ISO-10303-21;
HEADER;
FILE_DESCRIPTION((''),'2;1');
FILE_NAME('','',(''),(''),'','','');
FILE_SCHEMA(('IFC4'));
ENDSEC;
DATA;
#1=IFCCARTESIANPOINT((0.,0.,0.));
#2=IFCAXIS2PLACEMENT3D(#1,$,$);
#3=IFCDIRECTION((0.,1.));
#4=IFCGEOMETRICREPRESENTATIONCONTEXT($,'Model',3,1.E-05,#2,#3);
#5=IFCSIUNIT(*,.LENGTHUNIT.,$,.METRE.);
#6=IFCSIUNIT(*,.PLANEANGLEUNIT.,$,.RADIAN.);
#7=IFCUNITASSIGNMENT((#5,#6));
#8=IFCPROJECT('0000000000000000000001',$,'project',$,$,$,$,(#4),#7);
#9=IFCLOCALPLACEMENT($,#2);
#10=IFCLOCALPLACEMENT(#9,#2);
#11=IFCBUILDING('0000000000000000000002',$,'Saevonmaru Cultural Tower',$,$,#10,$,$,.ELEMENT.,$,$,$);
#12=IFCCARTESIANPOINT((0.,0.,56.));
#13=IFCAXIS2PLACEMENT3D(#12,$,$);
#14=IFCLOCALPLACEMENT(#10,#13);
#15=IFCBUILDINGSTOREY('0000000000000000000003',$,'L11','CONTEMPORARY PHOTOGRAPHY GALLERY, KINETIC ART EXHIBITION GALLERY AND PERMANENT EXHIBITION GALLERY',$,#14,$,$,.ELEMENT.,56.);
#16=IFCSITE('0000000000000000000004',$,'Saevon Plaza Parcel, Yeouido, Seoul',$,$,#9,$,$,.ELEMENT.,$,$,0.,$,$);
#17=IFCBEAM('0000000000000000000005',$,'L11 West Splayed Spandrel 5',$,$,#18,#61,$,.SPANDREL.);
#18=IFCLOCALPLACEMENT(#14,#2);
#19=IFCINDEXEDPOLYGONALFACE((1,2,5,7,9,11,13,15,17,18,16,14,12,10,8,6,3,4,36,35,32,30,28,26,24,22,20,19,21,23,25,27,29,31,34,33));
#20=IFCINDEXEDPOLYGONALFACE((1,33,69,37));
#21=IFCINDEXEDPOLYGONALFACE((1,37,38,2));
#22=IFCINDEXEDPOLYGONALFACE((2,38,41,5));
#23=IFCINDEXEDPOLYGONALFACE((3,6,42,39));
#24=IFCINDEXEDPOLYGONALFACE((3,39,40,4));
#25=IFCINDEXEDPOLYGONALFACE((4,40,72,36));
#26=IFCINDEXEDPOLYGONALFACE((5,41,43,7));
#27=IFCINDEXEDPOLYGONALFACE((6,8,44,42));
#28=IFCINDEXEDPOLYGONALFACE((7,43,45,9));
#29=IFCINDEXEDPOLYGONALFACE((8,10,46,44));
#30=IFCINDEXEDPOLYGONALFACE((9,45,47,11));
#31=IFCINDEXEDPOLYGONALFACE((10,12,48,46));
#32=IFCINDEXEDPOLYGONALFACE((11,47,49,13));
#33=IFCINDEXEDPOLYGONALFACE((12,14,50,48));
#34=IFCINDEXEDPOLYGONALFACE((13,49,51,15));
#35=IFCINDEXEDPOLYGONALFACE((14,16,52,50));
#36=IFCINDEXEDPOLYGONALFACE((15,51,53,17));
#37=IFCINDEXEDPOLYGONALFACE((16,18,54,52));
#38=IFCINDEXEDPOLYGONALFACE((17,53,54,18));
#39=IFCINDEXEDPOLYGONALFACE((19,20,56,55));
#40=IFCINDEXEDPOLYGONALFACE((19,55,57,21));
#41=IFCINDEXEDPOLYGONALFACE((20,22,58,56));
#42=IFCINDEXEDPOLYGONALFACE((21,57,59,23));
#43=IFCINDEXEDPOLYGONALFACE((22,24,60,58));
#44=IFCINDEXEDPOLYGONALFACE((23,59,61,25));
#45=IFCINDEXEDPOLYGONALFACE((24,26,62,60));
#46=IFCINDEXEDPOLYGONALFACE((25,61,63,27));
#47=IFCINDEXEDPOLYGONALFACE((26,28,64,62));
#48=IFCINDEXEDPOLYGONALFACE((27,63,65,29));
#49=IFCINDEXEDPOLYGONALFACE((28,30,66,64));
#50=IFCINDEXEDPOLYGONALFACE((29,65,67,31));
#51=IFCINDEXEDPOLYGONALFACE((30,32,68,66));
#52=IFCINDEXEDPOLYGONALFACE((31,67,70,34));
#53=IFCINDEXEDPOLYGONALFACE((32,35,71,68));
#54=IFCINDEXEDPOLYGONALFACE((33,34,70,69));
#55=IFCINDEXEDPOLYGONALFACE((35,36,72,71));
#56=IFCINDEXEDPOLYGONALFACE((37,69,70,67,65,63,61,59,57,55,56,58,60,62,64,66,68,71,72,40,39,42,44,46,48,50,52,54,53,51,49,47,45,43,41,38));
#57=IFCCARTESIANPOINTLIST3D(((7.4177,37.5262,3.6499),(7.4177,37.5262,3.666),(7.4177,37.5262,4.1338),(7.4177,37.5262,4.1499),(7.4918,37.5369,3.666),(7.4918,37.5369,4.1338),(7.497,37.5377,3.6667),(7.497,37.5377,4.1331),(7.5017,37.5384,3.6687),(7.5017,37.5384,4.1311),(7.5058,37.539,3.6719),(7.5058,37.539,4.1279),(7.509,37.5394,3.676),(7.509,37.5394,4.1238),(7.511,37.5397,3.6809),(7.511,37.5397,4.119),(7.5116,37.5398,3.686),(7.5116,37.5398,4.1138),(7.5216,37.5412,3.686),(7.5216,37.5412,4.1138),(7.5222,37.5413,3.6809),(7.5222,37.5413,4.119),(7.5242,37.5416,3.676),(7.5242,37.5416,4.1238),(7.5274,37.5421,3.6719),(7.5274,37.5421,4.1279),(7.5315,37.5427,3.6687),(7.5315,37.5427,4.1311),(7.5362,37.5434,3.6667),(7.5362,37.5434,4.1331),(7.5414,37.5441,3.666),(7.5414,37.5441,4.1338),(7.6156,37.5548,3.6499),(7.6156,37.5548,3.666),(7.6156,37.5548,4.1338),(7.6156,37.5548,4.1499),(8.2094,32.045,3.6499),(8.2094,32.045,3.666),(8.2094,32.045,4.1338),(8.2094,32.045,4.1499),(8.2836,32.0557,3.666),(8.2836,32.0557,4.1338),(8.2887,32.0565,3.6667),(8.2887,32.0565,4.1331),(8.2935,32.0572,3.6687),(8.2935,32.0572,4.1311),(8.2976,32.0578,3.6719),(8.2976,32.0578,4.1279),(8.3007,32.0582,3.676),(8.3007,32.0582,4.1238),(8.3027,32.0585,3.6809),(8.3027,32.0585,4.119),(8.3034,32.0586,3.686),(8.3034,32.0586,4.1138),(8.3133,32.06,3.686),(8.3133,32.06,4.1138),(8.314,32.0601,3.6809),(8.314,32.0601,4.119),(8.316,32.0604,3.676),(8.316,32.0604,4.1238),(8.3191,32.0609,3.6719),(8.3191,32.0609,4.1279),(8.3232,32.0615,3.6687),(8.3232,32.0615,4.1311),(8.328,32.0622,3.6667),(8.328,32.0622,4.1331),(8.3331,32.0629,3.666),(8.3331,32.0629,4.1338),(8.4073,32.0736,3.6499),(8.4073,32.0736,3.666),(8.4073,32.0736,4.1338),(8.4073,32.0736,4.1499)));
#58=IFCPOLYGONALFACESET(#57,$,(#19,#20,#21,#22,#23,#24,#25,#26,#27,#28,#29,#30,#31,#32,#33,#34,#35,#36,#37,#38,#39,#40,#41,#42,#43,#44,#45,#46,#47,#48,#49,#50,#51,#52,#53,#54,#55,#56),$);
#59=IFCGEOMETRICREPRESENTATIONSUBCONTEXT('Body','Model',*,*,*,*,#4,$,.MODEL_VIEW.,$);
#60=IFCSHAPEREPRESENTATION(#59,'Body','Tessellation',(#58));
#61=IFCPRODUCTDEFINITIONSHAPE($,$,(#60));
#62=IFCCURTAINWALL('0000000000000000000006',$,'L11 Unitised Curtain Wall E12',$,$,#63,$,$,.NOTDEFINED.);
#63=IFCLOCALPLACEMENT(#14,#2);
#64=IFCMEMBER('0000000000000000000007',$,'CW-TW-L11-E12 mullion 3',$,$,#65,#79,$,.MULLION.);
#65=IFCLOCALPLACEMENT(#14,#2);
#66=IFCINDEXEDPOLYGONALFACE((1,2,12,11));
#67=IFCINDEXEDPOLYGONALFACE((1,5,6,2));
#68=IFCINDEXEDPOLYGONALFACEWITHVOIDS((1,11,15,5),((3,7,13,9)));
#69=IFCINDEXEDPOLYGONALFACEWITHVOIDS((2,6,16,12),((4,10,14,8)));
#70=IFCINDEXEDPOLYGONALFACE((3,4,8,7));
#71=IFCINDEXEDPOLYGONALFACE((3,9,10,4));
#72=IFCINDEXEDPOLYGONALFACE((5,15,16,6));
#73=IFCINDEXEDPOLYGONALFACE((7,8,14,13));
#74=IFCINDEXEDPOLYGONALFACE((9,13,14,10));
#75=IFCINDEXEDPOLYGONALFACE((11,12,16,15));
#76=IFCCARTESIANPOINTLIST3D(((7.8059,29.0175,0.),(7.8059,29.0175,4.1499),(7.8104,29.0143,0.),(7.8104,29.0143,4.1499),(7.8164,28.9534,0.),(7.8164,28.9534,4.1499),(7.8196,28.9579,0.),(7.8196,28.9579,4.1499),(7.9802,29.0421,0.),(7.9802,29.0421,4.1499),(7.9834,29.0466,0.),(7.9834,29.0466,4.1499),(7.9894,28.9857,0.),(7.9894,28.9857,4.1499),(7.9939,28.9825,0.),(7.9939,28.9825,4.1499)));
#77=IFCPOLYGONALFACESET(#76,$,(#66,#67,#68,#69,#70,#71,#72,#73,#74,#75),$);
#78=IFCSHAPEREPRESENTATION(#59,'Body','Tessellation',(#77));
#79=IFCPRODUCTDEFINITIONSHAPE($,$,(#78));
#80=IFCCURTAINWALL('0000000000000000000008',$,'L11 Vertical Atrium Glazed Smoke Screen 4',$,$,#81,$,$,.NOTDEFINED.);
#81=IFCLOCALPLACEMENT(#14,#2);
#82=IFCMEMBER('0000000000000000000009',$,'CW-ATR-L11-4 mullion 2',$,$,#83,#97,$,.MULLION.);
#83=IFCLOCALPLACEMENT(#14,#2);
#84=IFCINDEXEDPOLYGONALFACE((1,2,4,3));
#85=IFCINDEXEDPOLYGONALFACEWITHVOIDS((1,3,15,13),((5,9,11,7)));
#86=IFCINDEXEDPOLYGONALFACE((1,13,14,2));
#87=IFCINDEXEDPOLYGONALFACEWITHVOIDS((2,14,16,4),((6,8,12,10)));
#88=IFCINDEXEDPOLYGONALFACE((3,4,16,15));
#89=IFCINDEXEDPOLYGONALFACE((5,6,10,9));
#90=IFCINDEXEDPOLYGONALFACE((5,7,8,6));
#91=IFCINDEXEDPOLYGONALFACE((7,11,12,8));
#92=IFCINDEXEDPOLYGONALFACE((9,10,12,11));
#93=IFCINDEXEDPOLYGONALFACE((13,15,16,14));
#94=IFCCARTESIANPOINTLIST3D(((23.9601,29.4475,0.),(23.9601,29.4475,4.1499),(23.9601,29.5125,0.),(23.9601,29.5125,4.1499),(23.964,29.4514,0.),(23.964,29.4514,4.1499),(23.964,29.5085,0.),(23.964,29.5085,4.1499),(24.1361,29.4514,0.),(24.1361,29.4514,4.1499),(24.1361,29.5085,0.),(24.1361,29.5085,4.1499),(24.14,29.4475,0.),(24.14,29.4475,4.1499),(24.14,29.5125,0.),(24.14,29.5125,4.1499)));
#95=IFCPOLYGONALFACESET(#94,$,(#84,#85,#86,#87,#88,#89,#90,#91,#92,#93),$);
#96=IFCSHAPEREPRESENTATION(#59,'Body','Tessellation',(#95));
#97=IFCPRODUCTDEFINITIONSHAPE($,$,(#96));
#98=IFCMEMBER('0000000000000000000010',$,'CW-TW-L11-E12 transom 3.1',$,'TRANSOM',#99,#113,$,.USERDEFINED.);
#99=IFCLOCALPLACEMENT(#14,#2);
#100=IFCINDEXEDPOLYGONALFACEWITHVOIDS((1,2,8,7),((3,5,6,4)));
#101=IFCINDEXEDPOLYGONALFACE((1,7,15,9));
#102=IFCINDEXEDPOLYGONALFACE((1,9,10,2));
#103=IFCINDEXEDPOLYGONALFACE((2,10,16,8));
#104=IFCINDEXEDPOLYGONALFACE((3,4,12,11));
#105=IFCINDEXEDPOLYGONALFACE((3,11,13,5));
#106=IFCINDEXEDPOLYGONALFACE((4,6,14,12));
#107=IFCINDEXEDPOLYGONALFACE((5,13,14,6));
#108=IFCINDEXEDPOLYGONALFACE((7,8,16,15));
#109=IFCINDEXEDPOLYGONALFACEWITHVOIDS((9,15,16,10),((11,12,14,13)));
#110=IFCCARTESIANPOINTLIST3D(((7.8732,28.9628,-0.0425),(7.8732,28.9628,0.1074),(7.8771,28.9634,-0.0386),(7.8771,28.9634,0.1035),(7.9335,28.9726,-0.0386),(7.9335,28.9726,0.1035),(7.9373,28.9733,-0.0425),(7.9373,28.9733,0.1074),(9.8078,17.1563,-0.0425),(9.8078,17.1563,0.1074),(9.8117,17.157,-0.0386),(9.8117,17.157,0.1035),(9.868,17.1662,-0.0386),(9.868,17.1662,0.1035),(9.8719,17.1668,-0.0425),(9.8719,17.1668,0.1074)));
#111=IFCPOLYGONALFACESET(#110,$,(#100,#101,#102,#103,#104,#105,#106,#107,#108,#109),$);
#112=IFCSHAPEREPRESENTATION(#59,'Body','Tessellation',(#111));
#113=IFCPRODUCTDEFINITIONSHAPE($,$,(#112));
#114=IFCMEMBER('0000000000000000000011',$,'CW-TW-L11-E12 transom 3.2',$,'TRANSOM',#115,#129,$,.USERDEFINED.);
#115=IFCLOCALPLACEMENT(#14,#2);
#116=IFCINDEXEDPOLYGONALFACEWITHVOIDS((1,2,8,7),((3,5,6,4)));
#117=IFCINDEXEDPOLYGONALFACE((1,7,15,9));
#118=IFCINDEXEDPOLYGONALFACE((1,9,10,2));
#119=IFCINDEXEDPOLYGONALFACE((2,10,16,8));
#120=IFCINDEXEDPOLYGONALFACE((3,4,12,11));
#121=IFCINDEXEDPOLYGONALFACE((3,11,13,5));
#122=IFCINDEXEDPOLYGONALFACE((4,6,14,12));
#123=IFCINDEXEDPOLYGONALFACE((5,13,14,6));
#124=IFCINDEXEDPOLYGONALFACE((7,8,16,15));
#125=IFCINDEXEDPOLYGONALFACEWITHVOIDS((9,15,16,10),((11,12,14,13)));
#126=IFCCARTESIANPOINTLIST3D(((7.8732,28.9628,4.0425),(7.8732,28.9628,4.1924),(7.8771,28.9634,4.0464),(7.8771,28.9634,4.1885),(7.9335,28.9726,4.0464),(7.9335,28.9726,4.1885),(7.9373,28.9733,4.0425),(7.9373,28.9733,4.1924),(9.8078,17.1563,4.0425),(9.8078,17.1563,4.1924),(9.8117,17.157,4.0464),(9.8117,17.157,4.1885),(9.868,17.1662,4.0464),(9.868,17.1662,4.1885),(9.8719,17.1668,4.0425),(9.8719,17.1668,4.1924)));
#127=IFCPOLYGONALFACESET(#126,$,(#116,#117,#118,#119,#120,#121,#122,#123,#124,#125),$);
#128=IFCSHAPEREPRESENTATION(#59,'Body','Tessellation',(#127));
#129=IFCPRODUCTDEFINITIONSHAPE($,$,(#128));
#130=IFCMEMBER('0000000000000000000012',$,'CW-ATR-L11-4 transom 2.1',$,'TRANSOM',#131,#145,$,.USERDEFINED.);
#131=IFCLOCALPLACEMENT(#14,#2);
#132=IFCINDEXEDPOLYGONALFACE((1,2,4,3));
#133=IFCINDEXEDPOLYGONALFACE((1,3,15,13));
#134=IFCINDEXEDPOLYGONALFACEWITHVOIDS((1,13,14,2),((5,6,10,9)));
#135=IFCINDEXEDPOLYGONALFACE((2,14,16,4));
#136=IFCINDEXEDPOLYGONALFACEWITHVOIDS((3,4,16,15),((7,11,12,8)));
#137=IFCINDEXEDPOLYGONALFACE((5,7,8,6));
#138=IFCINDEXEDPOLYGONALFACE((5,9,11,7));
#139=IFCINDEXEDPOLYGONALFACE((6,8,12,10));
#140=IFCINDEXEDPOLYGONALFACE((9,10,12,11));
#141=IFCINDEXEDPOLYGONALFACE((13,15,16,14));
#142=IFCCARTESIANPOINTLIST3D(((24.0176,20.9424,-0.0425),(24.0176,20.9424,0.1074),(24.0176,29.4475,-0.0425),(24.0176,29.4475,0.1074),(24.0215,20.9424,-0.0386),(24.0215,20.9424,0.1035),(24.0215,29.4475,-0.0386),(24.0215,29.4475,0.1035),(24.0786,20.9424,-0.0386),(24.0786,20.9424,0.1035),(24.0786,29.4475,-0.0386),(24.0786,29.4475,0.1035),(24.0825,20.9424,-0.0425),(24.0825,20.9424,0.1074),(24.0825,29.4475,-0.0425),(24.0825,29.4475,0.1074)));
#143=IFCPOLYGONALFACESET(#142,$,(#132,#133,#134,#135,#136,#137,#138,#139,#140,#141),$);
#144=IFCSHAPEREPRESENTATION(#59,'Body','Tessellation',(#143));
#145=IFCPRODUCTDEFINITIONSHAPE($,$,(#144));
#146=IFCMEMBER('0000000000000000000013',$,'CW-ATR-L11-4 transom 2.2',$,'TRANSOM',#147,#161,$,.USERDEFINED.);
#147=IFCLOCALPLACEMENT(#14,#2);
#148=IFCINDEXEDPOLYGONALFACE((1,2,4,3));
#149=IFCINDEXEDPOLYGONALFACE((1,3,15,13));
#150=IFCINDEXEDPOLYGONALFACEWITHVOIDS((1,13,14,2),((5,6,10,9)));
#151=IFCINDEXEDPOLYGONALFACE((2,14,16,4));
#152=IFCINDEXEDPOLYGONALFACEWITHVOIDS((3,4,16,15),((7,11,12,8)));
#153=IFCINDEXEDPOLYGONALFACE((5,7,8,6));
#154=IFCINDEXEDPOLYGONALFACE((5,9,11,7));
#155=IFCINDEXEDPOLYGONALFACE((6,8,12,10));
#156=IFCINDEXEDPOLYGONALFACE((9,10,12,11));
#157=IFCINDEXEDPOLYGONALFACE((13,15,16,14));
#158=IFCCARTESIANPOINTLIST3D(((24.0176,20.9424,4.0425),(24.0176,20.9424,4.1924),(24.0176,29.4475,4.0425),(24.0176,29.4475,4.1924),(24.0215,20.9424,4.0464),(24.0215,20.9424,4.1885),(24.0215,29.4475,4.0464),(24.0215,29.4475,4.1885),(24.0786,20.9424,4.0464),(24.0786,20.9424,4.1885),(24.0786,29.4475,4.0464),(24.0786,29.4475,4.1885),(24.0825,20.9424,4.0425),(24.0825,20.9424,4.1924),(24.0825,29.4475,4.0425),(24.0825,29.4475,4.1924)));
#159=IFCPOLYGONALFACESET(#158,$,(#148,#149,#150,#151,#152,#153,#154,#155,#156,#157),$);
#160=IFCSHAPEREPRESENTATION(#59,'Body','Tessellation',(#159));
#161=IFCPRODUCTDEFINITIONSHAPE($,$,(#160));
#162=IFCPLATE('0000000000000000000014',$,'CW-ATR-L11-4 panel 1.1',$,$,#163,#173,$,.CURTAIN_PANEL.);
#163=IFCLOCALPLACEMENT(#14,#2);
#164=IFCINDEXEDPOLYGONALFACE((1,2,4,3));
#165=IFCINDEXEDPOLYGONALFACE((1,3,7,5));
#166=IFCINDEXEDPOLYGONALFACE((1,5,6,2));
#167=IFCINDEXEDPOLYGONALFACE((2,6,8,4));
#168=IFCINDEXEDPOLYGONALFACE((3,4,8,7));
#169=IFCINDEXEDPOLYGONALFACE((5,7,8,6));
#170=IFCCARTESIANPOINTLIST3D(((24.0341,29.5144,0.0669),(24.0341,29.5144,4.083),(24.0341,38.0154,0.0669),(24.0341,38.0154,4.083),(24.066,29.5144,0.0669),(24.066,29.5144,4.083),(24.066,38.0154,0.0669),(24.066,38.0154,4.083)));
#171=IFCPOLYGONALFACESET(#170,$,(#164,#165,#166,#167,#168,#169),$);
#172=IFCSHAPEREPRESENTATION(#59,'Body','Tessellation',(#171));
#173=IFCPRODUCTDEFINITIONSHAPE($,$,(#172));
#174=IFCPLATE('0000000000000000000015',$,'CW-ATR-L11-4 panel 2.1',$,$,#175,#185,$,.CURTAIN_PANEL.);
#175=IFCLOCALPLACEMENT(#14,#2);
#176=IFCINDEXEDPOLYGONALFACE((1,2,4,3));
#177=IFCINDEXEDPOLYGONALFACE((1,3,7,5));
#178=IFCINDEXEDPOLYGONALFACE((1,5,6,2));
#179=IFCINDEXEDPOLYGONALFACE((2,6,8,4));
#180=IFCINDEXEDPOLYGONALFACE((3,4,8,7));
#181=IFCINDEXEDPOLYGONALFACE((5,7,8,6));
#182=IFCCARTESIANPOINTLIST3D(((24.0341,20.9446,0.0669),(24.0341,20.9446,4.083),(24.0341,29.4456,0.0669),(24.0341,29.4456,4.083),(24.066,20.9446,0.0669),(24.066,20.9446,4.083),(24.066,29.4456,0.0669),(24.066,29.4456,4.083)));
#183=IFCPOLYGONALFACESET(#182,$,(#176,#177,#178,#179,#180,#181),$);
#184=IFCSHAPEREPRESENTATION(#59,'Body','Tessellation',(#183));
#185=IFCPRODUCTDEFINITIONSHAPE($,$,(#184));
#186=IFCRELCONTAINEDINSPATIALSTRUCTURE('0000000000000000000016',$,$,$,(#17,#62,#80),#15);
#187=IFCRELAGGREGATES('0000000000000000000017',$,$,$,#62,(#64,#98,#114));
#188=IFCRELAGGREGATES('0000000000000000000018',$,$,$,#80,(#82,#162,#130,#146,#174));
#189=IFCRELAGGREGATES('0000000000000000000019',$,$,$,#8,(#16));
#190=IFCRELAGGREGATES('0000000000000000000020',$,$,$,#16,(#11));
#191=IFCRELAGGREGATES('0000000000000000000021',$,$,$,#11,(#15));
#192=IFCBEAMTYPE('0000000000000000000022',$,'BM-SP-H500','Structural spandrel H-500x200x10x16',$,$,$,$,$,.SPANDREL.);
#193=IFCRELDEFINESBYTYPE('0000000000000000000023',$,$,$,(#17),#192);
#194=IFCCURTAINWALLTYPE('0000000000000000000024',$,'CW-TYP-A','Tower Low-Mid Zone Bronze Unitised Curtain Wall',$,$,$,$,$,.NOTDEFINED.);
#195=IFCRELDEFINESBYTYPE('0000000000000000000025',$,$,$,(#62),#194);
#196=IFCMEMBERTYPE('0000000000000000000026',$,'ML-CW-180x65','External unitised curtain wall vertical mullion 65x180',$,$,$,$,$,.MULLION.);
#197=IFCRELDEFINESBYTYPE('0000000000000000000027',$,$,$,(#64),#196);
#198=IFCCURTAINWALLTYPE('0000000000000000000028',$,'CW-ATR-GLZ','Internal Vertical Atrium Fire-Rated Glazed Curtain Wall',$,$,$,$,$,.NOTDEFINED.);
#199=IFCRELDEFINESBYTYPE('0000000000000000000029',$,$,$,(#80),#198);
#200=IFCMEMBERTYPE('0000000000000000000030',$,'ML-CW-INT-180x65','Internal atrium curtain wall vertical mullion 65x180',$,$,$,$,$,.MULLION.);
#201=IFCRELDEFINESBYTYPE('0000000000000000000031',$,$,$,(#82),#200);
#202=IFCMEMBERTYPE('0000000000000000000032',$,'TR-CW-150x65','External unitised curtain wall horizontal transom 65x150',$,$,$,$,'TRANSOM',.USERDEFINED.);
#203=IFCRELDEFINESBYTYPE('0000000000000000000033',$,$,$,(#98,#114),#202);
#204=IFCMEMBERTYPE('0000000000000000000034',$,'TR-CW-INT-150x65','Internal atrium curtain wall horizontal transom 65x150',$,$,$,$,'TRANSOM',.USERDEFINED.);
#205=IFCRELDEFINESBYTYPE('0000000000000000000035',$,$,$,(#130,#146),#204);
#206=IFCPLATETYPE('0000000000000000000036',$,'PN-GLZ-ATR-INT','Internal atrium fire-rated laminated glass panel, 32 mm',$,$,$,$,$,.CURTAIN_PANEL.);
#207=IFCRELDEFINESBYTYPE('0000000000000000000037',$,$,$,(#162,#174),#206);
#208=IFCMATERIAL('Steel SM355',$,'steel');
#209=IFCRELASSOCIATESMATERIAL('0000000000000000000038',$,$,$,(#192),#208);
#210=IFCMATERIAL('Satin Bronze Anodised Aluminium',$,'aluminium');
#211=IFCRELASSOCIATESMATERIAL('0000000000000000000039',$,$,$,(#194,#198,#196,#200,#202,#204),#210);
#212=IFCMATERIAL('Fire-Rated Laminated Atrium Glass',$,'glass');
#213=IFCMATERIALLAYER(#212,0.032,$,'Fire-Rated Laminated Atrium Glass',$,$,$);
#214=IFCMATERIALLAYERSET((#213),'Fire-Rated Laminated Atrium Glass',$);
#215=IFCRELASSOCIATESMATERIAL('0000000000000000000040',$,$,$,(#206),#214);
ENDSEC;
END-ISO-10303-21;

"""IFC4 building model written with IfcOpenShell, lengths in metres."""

from ifc_helpers import new_model, si_unit, direction, frame, origin, origin_2d, place, context, subcontext, project, spatial, rectangle, hollow_rectangle, i_section, extrude, material, layer, layer_set, material_profile, profile_set, type_object, element, aggregate, save


model = new_model("IFC4")

# Units and contexts
model_context = context("Model", 3, precision=1e-05, world=origin(), true_north=direction((0.0, 1.0)))
body_context = subcontext(model_context, "Body", "Model", "MODEL_VIEW")
ifc_project = project(units=[si_unit("LENGTHUNIT", "METRE"), si_unit("PLANEANGLEUNIT", "RADIAN")], contexts=[model_context])

# Site, building, storey
site_placement = place(None, origin())
site = spatial("IfcSite", under=ifc_project, at=site_placement, Name="Saevon Plaza Parcel, Yeouido, Seoul", CompositionType="ELEMENT", RefElevation=0.0)
building_placement = place(site_placement, origin())
building = spatial("IfcBuilding", under=site, at=building_placement, Name="Saevonmaru Cultural Tower", CompositionType="ELEMENT")
storey_placement = place(building_placement, frame((0.0, 0.0, 56.0)))
storey = spatial("IfcBuildingStorey", under=building, at=storey_placement, Name="L11", Description="CONTEMPORARY PHOTOGRAPHY GALLERY, KINETIC ART EXHIBITION GALLERY AND PERMANENT EXHIBITION GALLERY", CompositionType="ELEMENT", Elevation=56.0)

# Beam
ifc_material_1 = material(Name="Steel SM355", Category="steel")
ifc_material_profile_1 = material_profile(ifc_material_1, i_section(OverallWidth=0.2, OverallDepth=0.5, WebThickness=0.01, FlangeThickness=0.0161, FilletRadius=0.02, at=origin_2d()), Name="H-500x200x10x16")
ifc_profile_set_1 = profile_set([ifc_material_profile_1], Name="Steel SM355")
beam_type_1 = type_object("IfcBeamType", Name="BM-SP-H500", Description="Structural spandrel H-500x200x10x16", PredefinedType="SPANDREL", material=ifc_profile_set_1)
beam_1_placement = place(storey_placement, frame((8.3083, 32.0593, 3.8999), z_axis=(-0.142964, 0.989728, 0.0), x_axis=(-0.989728, -0.142964, 0.0)))
element("IfcBeam", 1, at=beam_1_placement, inside=storey, type_object=beam_type_1, Name="L11 West Splayed Spandrel 5", PredefinedType="SPANDREL", context=body_context, shape_type="SweptSolid", body=[
    extrude(i_section(OverallWidth=0.2, OverallDepth=0.5, WebThickness=0.01, FlangeThickness=0.0161, FilletRadius=0.02, at=origin_2d()), origin(), (0.0, 0.0, 1.0), 5.5381),
])

# Curtain walls, members
ifc_material_2 = material(Name="Satin Bronze Anodised Aluminium", Category="aluminium")
curtain_wall_type_1 = type_object("IfcCurtainWallType", Name="CW-TYP-A", Description="Tower Low-Mid Zone Bronze Unitised Curtain Wall", PredefinedType="NOTDEFINED", material=ifc_material_2)
curtain_wall_1_placement = place(storey_placement, origin())
curtain_wall_1 = element("IfcCurtainWall", 2, at=curtain_wall_1_placement, inside=storey, type_object=curtain_wall_type_1, Name="L11 Unitised Curtain Wall E12", PredefinedType="NOTDEFINED")
ifc_material_profile_2 = material_profile(ifc_material_2, hollow_rectangle(XDim=0.0649, YDim=0.1799, WallThickness=0.0039, at=origin_2d()), Name="ALU-MULL-180x65x4")
ifc_profile_set_2 = profile_set([ifc_material_profile_2], Name="Satin Bronze Anodised Aluminium")
member_type_1 = type_object("IfcMemberType", Name="ML-CW-180x65", Description="External unitised curtain wall vertical mullion 65x180", PredefinedType="MULLION", material=ifc_profile_set_2)
member_1_placement = place(storey_placement, frame((7.8999, 29.0, 0.0), z_axis=(0.0, 0.0, 1.0), x_axis=(0.161709, -0.986839, 0.0)))
member_1 = element("IfcMember", 3, at=member_1_placement, type_object=member_type_1, Name="CW-TW-L11-E12 mullion 3", PredefinedType="MULLION", context=body_context, shape_type="SweptSolid", body=[
    extrude(hollow_rectangle(XDim=0.0649, YDim=0.1799, WallThickness=0.0039, at=origin_2d()), origin(), (0.0, 0.0, 1.0), 4.1499),
])
curtain_wall_type_2 = type_object("IfcCurtainWallType", Name="CW-ATR-GLZ", Description="Internal Vertical Atrium Fire-Rated Glazed Curtain Wall", PredefinedType="NOTDEFINED", material=ifc_material_2)
curtain_wall_2_placement = place(storey_placement, origin())
curtain_wall_2 = element("IfcCurtainWall", 4, at=curtain_wall_2_placement, inside=storey, type_object=curtain_wall_type_2, Name="L11 Vertical Atrium Glazed Smoke Screen 4", PredefinedType="NOTDEFINED")
ifc_material_profile_3 = material_profile(ifc_material_2, hollow_rectangle(XDim=0.0649, YDim=0.1799, WallThickness=0.0039, at=origin_2d()), Name="ALU-MULL-180x65x4")
ifc_profile_set_3 = profile_set([ifc_material_profile_3], Name="Satin Bronze Anodised Aluminium")
member_type_2 = type_object("IfcMemberType", Name="ML-CW-INT-180x65", Description="Internal atrium curtain wall vertical mullion 65x180", PredefinedType="MULLION", material=ifc_profile_set_3)
member_2_placement = place(storey_placement, frame((24.05, 29.48, 0.0), z_axis=(0.0, 0.0, 1.0), x_axis=(0.0, -1.0, 0.0)))
member_2 = element("IfcMember", 5, at=member_2_placement, type_object=member_type_2, Name="CW-ATR-L11-4 mullion 2", PredefinedType="MULLION", context=body_context, shape_type="SweptSolid", body=[
    extrude(hollow_rectangle(XDim=0.0649, YDim=0.1799, WallThickness=0.0039, at=origin_2d()), origin(), (0.0, 0.0, 1.0), 4.1499),
])

# Members
ifc_material_profile_4 = material_profile(ifc_material_2, hollow_rectangle(XDim=0.0649, YDim=0.1499, WallThickness=0.0039, at=origin_2d()), Name="ALU-TRAN-150x65x4")
ifc_profile_set_4 = profile_set([ifc_material_profile_4], Name="Satin Bronze Anodised Aluminium")
member_type_3 = type_object("IfcMemberType", Name="TR-CW-150x65", Description="External unitised curtain wall horizontal transom 65x150", ElementType="TRANSOM", PredefinedType="USERDEFINED", material=ifc_profile_set_4)
member_3_placement = place(storey_placement, frame((7.9053, 28.968, 0.0325), z_axis=(0.161701, -0.98684, 0.0), x_axis=(0.98684, 0.161701, 0.0)))
member_3 = element("IfcMember", 6, at=member_3_placement, type_object=member_type_3, Name="CW-TW-L11-E12 transom 3.1", ObjectType="TRANSOM", PredefinedType="USERDEFINED", context=body_context, shape_type="SweptSolid", body=[
    extrude(hollow_rectangle(XDim=0.0649, YDim=0.1499, WallThickness=0.0039, at=origin_2d()), origin(), (0.0, 0.0, 1.0), 11.9639),
])
member_4_placement = place(storey_placement, frame((7.9053, 28.968, 4.1174), z_axis=(0.161701, -0.98684, 0.0), x_axis=(0.98684, 0.161701, 0.0)))
member_4 = element("IfcMember", 7, at=member_4_placement, type_object=member_type_3, Name="CW-TW-L11-E12 transom 3.2", ObjectType="TRANSOM", PredefinedType="USERDEFINED", context=body_context, shape_type="SweptSolid", body=[
    extrude(hollow_rectangle(XDim=0.0649, YDim=0.1499, WallThickness=0.0039, at=origin_2d()), origin(), (0.0, 0.0, 1.0), 11.9639),
])
aggregate(curtain_wall_1, [member_1, member_3, member_4])
ifc_material_profile_5 = material_profile(ifc_material_2, hollow_rectangle(XDim=0.0649, YDim=0.1499, WallThickness=0.0039, at=origin_2d()), Name="ALU-TRAN-150x65x4")
ifc_profile_set_5 = profile_set([ifc_material_profile_5], Name="Satin Bronze Anodised Aluminium")
member_type_4 = type_object("IfcMemberType", Name="TR-CW-INT-150x65", Description="Internal atrium curtain wall horizontal transom 65x150", ElementType="TRANSOM", PredefinedType="USERDEFINED", material=ifc_profile_set_5)
member_5_placement = place(storey_placement, frame((24.05, 29.4475, 0.0325), z_axis=(0.0, -1.0, 0.0), x_axis=(1.0, 0.0, 0.0)))
member_5 = element("IfcMember", 8, at=member_5_placement, type_object=member_type_4, Name="CW-ATR-L11-4 transom 2.1", ObjectType="TRANSOM", PredefinedType="USERDEFINED", context=body_context, shape_type="SweptSolid", body=[
    extrude(hollow_rectangle(XDim=0.0649, YDim=0.1499, WallThickness=0.0039, at=origin_2d()), origin(), (0.0, 0.0, 1.0), 8.5051),
])
member_6_placement = place(storey_placement, frame((24.05, 29.4475, 4.1174), z_axis=(0.0, -1.0, 0.0), x_axis=(1.0, 0.0, 0.0)))
member_6 = element("IfcMember", 9, at=member_6_placement, type_object=member_type_4, Name="CW-ATR-L11-4 transom 2.2", ObjectType="TRANSOM", PredefinedType="USERDEFINED", context=body_context, shape_type="SweptSolid", body=[
    extrude(hollow_rectangle(XDim=0.0649, YDim=0.1499, WallThickness=0.0039, at=origin_2d()), origin(), (0.0, 0.0, 1.0), 8.5051),
])

# Plates
ifc_material_3 = material(Name="Fire-Rated Laminated Atrium Glass", Category="glass")
ifc_layer_1 = layer(ifc_material_3, 0.032, Name="Fire-Rated Laminated Atrium Glass")
ifc_layer_set_1 = layer_set([ifc_layer_1], Name="Fire-Rated Laminated Atrium Glass")
plate_type = type_object("IfcPlateType", Name="PN-GLZ-ATR-INT", Description="Internal atrium fire-rated laminated glass panel, 32 mm", PredefinedType="CURTAIN_PANEL", material=ifc_layer_set_1)
plate_1_placement = place(storey_placement, frame((24.05, 33.7649, 0.0669), z_axis=(0.0, 0.0, 1.0), x_axis=(0.0, -1.0, 0.0)))
plate_1 = element("IfcPlate", 10, at=plate_1_placement, type_object=plate_type, Name="CW-ATR-L11-4 panel 1.1", PredefinedType="CURTAIN_PANEL", context=body_context, shape_type="SweptSolid", body=[
    extrude(rectangle(XDim=8.501, YDim=0.032, at=origin_2d()), origin(), (0.0, 0.0, 1.0), 4.0161),
])
plate_2_placement = place(storey_placement, frame((24.05, 25.1951, 0.0669), z_axis=(0.0, 0.0, 1.0), x_axis=(0.0, -1.0, 0.0)))
plate_2 = element("IfcPlate", 11, at=plate_2_placement, type_object=plate_type, Name="CW-ATR-L11-4 panel 2.1", PredefinedType="CURTAIN_PANEL", context=body_context, shape_type="SweptSolid", body=[
    extrude(rectangle(XDim=8.501, YDim=0.032, at=origin_2d()), origin(), (0.0, 0.0, 1.0), 4.0161),
])
aggregate(curtain_wall_2, [member_2, plate_1, member_5, member_6, plate_2])

save(model, "model.ifc")
